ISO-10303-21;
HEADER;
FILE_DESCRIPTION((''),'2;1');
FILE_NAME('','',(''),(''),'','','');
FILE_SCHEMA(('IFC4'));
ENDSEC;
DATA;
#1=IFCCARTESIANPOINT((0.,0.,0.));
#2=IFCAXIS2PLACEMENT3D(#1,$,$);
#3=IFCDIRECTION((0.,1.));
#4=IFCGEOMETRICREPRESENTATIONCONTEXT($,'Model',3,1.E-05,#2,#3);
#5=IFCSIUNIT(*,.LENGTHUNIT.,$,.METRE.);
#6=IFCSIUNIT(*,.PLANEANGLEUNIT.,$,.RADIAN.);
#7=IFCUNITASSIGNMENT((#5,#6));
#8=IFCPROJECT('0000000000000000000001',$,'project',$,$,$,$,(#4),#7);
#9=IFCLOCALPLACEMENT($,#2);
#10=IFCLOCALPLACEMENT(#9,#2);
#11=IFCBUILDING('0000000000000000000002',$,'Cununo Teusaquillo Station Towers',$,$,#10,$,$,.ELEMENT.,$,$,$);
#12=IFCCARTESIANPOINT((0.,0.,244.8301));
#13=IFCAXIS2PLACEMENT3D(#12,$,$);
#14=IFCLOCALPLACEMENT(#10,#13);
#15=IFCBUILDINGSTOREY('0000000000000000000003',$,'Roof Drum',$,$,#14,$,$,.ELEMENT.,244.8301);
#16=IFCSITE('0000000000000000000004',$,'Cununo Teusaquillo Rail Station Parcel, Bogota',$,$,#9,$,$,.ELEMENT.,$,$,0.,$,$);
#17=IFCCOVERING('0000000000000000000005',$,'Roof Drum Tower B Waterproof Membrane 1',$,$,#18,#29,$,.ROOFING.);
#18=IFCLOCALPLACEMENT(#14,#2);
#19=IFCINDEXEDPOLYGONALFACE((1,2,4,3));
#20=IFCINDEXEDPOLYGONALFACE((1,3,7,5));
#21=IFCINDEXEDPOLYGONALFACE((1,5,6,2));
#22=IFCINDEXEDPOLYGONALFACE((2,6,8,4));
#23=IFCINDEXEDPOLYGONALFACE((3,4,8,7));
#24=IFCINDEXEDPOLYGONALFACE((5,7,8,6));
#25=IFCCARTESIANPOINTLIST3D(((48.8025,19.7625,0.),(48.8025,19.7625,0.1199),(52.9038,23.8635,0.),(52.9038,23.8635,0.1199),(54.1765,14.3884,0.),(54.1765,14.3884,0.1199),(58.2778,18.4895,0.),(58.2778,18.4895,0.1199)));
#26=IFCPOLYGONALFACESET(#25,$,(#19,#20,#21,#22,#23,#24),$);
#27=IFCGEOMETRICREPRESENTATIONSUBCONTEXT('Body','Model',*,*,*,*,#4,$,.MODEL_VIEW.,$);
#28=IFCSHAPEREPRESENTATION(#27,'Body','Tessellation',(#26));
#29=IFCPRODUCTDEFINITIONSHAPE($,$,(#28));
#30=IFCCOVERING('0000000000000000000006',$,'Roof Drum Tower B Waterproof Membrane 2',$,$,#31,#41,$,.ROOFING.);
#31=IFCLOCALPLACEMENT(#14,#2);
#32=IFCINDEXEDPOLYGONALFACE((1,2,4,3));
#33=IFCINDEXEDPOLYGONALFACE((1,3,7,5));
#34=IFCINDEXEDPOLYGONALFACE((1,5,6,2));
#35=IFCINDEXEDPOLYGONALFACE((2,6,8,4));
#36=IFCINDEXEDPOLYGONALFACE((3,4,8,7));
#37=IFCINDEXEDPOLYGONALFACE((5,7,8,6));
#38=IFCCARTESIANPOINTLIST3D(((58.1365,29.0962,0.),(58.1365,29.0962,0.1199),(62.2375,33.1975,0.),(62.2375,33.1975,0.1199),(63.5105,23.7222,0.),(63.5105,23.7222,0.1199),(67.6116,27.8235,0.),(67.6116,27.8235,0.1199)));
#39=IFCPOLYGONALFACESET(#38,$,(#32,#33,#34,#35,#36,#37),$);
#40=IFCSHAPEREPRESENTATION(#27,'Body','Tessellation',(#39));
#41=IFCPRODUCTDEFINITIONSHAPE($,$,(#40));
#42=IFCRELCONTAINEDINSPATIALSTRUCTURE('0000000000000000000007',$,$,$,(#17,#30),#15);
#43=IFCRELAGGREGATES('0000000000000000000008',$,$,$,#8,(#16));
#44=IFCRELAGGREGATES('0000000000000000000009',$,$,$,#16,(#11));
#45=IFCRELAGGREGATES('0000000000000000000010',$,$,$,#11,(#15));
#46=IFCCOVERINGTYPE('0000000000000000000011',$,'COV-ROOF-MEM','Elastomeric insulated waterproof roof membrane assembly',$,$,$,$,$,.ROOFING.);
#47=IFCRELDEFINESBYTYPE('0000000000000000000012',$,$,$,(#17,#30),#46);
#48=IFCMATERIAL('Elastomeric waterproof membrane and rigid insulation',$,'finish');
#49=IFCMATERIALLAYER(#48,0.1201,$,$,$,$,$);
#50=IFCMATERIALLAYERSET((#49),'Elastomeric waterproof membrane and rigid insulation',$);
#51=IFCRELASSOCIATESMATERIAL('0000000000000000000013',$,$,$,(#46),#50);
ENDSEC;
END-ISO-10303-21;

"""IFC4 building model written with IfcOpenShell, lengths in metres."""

from ifc_helpers import new_model, si_unit, direction, frame, origin, place, context, subcontext, project, spatial, polyline, outline, extrude, material, layer, layer_set, type_object, element, save


model = new_model("IFC4")

# Units and contexts
model_context = context("Model", 3, precision=1e-05, world=origin(), true_north=direction((0.0, 1.0)))
body_context = subcontext(model_context, "Body", "Model", "MODEL_VIEW")
ifc_project = project(units=[si_unit("LENGTHUNIT", "METRE"), si_unit("PLANEANGLEUNIT", "RADIAN")], contexts=[model_context])

# Site, building, storey
site_placement = place(None, origin())
site = spatial("IfcSite", under=ifc_project, at=site_placement, Name="Cununo Teusaquillo Rail Station Parcel, Bogota", CompositionType="ELEMENT", RefElevation=0.0)
building_placement = place(site_placement, origin())
building = spatial("IfcBuilding", under=site, at=building_placement, Name="Cununo Teusaquillo Station Towers", CompositionType="ELEMENT")
storey_placement = place(building_placement, frame((0.0, 0.0, 244.8301)))
storey = spatial("IfcBuildingStorey", under=building, at=storey_placement, Name="Roof Drum", CompositionType="ELEMENT", Elevation=244.8301)

# Coverings
ifc_material_1 = material(Name="Elastomeric waterproof membrane and rigid insulation", Category="finish")
ifc_layer_1 = layer(ifc_material_1, 0.1201)
ifc_layer_set_1 = layer_set([ifc_layer_1], Name="Elastomeric waterproof membrane and rigid insulation")
covering_type_1 = type_object("IfcCoveringType", Name="COV-ROOF-MEM", Description="Elastomeric insulated waterproof roof membrane assembly", PredefinedType="ROOFING", material=ifc_layer_set_1)
covering_1_placement = place(storey_placement, origin())
element("IfcCovering", 1, at=covering_1_placement, inside=storey, type_object=covering_type_1, Name="Roof Drum Tower B Waterproof Membrane 1", PredefinedType="ROOFING", context=body_context, shape_type="SweptSolid", body=[
    extrude(outline(polyline([(48.8025, 19.7625), (52.9038, 23.8635), (58.2778, 18.4895), (54.1765, 14.3884), (48.8025, 19.7625)])), origin(), (0.0, 0.0, 1.0), 0.1199),
])
covering_2_placement = place(storey_placement, origin())
element("IfcCovering", 2, at=covering_2_placement, inside=storey, type_object=covering_type_1, Name="Roof Drum Tower B Waterproof Membrane 2", PredefinedType="ROOFING", context=body_context, shape_type="SweptSolid", body=[
    extrude(outline(polyline([(58.1365, 29.0962), (62.2375, 33.1975), (67.6116, 27.8235), (63.5105, 23.7222), (58.1365, 29.0962)])), origin(), (0.0, 0.0, 1.0), 0.1199),
])

save(model, "model.ifc")
